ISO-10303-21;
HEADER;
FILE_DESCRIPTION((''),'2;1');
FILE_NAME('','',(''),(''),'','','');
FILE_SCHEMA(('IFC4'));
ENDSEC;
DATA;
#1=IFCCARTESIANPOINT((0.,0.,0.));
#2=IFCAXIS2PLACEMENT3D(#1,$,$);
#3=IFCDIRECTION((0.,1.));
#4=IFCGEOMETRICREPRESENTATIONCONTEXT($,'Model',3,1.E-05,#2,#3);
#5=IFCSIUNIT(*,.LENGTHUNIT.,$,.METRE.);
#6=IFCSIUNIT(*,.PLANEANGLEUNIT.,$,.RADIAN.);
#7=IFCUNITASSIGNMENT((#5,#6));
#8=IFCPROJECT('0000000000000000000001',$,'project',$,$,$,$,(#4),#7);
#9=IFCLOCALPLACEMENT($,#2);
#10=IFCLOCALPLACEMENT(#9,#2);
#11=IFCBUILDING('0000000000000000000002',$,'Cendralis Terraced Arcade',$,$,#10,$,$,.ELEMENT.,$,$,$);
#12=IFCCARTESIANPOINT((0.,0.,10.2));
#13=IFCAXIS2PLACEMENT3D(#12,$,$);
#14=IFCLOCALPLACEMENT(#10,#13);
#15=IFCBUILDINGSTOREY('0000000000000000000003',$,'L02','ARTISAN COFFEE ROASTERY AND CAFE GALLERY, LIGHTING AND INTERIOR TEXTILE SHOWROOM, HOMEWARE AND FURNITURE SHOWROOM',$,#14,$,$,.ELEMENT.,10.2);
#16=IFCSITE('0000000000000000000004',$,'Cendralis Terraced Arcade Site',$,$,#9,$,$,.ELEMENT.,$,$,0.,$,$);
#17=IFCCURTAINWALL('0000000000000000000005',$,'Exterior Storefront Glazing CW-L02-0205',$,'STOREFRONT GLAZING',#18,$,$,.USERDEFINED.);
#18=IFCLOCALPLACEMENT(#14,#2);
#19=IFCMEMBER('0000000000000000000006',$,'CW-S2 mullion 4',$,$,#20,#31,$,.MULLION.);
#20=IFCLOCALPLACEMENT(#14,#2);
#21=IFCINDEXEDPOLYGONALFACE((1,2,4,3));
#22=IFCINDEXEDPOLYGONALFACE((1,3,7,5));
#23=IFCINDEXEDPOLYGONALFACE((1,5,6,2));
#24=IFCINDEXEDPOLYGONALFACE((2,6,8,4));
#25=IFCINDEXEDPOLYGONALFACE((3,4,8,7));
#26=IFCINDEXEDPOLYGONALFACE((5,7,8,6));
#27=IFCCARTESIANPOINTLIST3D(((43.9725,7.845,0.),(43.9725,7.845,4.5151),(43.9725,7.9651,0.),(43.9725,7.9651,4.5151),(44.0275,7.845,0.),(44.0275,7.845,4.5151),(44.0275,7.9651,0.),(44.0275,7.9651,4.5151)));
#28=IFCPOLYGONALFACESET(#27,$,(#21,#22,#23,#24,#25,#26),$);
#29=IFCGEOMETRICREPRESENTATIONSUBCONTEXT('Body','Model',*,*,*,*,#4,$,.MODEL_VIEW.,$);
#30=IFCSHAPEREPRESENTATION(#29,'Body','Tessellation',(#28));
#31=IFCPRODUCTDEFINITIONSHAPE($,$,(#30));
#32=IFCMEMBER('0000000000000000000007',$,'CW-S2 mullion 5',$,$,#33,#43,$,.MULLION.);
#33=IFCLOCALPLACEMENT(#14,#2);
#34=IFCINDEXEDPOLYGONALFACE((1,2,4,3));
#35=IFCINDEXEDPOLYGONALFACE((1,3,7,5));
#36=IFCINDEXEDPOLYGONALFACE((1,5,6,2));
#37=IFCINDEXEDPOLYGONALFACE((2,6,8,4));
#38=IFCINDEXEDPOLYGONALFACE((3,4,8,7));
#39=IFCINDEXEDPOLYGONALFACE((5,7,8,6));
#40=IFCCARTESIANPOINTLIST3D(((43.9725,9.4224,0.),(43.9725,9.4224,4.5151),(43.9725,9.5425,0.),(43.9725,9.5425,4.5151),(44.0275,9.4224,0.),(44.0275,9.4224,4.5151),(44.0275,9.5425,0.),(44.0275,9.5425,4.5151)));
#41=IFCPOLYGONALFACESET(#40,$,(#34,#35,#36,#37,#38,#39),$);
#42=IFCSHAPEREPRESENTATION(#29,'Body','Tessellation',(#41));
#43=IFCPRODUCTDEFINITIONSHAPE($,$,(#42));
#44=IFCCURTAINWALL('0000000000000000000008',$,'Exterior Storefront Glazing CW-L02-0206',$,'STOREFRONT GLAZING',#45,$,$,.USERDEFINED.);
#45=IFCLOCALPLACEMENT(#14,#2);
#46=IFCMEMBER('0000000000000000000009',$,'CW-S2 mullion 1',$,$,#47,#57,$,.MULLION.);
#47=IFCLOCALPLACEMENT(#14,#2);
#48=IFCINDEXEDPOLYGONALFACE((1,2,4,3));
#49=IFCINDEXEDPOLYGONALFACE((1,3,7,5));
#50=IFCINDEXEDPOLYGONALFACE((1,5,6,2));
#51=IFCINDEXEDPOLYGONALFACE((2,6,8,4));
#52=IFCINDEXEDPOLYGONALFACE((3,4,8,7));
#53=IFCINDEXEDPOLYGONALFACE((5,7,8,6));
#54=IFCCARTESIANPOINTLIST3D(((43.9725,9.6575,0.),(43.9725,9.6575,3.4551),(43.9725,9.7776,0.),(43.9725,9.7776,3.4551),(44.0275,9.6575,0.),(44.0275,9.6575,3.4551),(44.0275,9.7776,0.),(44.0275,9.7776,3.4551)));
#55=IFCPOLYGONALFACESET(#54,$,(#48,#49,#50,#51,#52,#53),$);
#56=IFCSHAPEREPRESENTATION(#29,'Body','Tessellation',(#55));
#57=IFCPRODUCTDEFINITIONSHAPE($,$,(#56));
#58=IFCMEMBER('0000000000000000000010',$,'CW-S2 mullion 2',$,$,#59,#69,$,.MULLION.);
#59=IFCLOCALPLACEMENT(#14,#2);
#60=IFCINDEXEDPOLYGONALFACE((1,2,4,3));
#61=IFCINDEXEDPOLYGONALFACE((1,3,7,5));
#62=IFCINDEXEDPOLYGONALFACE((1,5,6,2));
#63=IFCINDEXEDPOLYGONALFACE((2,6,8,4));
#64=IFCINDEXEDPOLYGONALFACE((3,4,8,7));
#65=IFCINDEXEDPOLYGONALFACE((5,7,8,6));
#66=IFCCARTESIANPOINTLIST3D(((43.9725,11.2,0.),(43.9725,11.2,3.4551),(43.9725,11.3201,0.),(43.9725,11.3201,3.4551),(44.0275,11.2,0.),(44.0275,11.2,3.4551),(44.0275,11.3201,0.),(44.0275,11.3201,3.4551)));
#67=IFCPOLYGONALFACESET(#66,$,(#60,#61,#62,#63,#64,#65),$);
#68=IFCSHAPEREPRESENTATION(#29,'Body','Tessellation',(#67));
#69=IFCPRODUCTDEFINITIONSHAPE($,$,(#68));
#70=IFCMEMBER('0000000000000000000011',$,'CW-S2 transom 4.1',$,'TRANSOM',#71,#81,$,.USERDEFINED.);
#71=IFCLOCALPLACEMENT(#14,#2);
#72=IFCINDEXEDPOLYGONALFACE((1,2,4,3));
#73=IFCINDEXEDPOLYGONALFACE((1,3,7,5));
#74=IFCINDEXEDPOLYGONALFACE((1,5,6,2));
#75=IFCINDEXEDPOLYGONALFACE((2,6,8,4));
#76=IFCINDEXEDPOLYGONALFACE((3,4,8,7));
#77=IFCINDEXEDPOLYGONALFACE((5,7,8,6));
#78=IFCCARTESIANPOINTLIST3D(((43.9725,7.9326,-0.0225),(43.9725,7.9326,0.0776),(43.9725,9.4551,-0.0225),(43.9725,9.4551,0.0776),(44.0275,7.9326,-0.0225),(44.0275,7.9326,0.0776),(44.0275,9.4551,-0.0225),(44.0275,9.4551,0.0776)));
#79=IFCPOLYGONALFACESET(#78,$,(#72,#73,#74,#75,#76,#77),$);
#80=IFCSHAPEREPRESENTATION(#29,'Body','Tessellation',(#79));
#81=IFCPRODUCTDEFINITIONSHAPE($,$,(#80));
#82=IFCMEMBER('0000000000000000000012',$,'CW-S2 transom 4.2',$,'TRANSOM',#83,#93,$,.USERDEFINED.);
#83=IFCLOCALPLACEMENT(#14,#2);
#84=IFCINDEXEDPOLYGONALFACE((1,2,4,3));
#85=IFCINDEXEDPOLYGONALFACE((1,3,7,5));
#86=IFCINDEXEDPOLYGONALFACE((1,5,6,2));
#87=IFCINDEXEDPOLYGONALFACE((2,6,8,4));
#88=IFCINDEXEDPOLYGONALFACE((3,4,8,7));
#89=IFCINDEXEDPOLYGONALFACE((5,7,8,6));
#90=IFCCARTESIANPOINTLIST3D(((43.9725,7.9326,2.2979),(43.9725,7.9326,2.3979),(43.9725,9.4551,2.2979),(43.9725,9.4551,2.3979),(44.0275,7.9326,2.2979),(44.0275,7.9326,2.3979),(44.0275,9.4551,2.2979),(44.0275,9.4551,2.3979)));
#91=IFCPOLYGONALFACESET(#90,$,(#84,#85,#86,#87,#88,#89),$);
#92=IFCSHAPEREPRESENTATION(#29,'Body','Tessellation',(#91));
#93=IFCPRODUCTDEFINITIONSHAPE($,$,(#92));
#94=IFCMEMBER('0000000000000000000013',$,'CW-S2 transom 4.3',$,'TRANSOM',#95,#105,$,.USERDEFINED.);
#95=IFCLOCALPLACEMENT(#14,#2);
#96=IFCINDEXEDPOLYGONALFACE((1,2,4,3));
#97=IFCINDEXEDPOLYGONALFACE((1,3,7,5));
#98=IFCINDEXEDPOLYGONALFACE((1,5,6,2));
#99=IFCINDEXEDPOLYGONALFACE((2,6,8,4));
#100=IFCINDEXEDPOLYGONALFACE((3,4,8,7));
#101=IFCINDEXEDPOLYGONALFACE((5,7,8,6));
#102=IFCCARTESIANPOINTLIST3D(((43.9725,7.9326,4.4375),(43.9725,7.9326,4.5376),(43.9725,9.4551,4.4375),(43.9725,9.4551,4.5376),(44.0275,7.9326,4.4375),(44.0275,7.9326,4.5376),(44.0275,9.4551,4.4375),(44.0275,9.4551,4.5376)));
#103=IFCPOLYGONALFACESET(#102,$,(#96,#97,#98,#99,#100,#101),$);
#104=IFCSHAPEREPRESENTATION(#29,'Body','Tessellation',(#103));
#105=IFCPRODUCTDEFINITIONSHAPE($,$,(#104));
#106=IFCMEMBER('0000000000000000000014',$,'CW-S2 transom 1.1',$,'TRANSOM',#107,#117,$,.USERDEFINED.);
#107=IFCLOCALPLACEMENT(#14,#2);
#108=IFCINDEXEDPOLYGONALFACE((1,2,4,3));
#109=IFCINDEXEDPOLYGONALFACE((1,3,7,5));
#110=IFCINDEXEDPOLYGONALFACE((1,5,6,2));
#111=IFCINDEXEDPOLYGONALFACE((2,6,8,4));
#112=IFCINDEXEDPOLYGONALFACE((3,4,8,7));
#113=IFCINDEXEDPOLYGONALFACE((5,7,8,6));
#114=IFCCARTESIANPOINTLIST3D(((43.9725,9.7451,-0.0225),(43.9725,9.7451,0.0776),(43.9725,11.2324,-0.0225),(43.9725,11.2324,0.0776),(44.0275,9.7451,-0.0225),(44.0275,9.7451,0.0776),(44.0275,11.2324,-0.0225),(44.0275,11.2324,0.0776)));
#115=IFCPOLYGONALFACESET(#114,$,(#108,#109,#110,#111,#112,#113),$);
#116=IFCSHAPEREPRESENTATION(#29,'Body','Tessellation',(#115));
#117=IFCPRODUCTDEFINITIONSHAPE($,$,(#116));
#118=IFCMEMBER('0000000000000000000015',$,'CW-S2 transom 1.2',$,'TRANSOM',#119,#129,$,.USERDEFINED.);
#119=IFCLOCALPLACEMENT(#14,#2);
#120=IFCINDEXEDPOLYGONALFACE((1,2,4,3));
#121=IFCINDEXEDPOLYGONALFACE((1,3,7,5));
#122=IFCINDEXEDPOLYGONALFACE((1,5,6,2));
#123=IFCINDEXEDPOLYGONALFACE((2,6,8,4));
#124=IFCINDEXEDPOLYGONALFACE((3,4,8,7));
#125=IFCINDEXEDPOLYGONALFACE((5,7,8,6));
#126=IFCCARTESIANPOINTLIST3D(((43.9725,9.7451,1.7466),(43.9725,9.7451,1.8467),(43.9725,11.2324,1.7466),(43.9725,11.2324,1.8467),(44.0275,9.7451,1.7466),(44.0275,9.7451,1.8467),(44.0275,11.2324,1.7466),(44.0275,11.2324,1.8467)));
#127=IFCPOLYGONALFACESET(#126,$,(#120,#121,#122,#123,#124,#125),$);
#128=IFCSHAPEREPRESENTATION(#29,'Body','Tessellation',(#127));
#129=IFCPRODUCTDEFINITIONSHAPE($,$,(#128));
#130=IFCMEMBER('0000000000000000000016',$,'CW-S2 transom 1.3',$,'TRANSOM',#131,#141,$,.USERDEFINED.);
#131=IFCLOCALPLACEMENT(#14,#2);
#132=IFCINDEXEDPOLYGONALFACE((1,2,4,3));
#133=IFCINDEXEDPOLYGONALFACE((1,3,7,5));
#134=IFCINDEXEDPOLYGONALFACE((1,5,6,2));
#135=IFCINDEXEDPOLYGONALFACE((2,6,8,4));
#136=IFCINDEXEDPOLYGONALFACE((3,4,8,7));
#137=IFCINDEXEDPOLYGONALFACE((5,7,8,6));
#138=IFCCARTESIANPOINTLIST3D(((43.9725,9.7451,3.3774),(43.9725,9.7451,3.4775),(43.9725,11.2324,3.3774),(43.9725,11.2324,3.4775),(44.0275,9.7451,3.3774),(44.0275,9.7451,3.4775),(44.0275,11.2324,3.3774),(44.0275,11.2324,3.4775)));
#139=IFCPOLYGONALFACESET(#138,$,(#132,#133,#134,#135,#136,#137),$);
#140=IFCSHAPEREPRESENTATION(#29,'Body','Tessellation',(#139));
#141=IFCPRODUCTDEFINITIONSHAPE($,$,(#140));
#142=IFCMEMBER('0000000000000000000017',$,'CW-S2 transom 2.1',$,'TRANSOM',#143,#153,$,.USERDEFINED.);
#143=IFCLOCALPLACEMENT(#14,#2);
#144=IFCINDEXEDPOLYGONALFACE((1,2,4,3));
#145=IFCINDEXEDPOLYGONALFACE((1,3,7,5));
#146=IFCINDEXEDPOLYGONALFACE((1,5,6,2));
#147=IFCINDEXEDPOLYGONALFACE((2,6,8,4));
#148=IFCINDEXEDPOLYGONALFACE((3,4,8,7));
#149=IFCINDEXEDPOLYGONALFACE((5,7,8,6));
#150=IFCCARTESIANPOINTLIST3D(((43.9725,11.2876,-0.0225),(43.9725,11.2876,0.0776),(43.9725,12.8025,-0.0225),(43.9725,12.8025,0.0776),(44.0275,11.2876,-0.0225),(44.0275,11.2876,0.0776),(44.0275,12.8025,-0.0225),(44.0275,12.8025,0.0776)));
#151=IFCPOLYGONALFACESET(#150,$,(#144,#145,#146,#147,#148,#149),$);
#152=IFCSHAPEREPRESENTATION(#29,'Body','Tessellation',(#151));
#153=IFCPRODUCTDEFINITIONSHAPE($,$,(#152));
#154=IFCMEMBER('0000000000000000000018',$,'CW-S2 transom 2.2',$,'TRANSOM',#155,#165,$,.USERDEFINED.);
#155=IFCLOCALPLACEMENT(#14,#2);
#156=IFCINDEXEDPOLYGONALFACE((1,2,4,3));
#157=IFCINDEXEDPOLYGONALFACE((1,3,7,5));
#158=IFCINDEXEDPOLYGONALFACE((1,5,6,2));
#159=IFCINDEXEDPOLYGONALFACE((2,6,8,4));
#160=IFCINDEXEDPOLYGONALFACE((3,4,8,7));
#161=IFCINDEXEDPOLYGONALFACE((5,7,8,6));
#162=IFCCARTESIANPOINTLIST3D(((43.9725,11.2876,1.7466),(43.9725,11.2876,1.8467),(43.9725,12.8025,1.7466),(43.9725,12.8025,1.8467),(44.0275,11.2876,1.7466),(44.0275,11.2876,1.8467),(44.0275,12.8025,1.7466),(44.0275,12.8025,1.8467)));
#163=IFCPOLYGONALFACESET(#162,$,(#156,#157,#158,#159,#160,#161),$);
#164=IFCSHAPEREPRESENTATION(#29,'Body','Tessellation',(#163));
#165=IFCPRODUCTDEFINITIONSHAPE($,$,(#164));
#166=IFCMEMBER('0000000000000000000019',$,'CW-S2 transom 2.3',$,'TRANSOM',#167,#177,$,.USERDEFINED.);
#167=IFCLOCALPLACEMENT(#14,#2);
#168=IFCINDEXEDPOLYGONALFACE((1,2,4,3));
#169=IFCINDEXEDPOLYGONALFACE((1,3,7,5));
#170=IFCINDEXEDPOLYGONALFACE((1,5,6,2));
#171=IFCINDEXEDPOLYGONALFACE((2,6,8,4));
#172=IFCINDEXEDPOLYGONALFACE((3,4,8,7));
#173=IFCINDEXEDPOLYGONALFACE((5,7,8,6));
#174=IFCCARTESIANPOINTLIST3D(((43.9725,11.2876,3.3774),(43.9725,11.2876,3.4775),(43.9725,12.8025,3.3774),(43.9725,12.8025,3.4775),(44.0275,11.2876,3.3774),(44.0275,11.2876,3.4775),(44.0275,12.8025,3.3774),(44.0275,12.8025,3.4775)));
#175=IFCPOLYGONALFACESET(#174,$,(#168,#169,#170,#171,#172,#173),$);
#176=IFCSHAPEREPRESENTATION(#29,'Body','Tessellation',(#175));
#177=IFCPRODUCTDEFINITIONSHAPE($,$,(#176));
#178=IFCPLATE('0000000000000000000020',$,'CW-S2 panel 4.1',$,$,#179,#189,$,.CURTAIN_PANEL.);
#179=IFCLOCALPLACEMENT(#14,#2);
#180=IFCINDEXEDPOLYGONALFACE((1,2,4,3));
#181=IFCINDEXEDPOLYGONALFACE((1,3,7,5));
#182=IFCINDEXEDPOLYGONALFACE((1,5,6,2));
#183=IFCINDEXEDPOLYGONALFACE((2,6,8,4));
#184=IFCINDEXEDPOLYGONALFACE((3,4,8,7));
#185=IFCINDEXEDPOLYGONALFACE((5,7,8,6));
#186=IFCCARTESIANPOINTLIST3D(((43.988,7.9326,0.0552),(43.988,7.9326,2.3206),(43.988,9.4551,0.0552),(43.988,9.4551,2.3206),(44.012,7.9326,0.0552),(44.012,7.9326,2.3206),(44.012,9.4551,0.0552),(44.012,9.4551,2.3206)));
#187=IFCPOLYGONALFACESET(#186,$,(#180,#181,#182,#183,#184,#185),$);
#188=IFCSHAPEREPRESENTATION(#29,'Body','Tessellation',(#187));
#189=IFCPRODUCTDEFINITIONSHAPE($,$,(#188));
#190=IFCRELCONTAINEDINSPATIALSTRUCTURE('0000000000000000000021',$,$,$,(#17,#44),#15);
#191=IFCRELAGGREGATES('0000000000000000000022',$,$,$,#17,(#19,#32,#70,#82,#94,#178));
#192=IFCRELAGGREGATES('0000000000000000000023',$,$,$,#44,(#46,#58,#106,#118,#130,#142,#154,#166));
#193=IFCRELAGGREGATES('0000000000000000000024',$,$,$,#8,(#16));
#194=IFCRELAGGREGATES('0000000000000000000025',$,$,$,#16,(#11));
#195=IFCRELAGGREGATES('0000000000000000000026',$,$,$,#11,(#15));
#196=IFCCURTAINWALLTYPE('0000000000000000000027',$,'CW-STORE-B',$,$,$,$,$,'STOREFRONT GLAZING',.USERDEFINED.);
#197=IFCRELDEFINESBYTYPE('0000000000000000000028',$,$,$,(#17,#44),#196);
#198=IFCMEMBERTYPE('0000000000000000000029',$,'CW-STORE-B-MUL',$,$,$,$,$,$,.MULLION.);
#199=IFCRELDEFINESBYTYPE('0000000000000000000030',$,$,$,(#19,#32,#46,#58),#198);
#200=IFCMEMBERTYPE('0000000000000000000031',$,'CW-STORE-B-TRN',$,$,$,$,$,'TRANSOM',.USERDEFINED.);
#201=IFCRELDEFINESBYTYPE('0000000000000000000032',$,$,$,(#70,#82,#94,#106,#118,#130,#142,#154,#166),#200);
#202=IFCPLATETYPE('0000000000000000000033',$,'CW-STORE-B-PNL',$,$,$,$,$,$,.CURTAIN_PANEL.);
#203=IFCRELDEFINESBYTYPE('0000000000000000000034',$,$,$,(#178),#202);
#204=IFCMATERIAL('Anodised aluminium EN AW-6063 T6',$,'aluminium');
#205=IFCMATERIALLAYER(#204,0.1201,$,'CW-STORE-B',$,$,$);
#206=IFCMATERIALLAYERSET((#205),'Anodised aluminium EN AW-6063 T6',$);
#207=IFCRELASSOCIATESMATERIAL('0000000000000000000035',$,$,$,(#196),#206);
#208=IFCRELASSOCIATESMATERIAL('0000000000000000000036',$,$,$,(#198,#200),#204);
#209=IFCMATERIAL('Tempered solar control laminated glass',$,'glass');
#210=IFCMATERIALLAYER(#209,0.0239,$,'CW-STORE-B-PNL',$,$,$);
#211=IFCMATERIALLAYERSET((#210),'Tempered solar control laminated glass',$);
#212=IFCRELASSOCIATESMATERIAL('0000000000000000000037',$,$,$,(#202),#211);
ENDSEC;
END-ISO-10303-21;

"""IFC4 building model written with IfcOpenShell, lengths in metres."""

from ifc_helpers import new_model, si_unit, direction, frame, origin, origin_2d, place, context, subcontext, project, spatial, rectangle, extrude, material, layer, layer_set, material_profile, profile_set, type_object, element, aggregate, save


model = new_model("IFC4")

# Units and contexts
model_context = context("Model", 3, precision=1e-05, world=origin(), true_north=direction((0.0, 1.0)))
body_context = subcontext(model_context, "Body", "Model", "MODEL_VIEW")
ifc_project = project(units=[si_unit("LENGTHUNIT", "METRE"), si_unit("PLANEANGLEUNIT", "RADIAN")], contexts=[model_context])

# Site, building, storey
site_placement = place(None, origin())
site = spatial("IfcSite", under=ifc_project, at=site_placement, Name="Cendralis Terraced Arcade Site", CompositionType="ELEMENT", RefElevation=0.0)
building_placement = place(site_placement, origin())
building = spatial("IfcBuilding", under=site, at=building_placement, Name="Cendralis Terraced Arcade", CompositionType="ELEMENT")
storey_placement = place(building_placement, frame((0.0, 0.0, 10.2)))
storey = spatial("IfcBuildingStorey", under=building, at=storey_placement, Name="L02", Description="ARTISAN COFFEE ROASTERY AND CAFE GALLERY, LIGHTING AND INTERIOR TEXTILE SHOWROOM, HOMEWARE AND FURNITURE SHOWROOM", CompositionType="ELEMENT", Elevation=10.2)

# Curtain walls, members
ifc_material_1 = material(Name="Anodised aluminium EN AW-6063 T6", Category="aluminium")
ifc_layer_1 = layer(ifc_material_1, 0.1201, Name="CW-STORE-B")
ifc_layer_set_1 = layer_set([ifc_layer_1], Name="Anodised aluminium EN AW-6063 T6")
curtain_wall_type = type_object("IfcCurtainWallType", Name="CW-STORE-B", ElementType="STOREFRONT GLAZING", PredefinedType="USERDEFINED", material=ifc_layer_set_1)
curtain_wall_1_placement = place(storey_placement, origin())
curtain_wall_1 = element("IfcCurtainWall", 1, at=curtain_wall_1_placement, inside=storey, type_object=curtain_wall_type, Name="Exterior Storefront Glazing CW-L02-0205", ObjectType="STOREFRONT GLAZING", PredefinedType="USERDEFINED")
ifc_material_profile_1 = material_profile(ifc_material_1, rectangle(XDim=0.0549, YDim=0.1201, at=origin_2d()), Name="ALU-MUL-55x120")
ifc_profile_set_1 = profile_set([ifc_material_profile_1], Name="Anodised aluminium EN AW-6063 T6")
member_type_1 = type_object("IfcMemberType", Name="CW-STORE-B-MUL", PredefinedType="MULLION", material=ifc_profile_set_1)
member_1_placement = place(storey_placement, frame((44.0, 7.905, 0.0), z_axis=(0.0, 0.0, 1.0), x_axis=(-1.0, 0.0, 0.0)))
member_1 = element("IfcMember", 2, at=member_1_placement, type_object=member_type_1, Name="CW-S2 mullion 4", PredefinedType="MULLION", context=body_context, shape_type="SweptSolid", body=[
    extrude(rectangle(XDim=0.0549, YDim=0.1201, at=origin_2d()), origin(), (0.0, 0.0, 1.0), 4.5151),
])
member_2_placement = place(storey_placement, frame((44.0, 9.4824, 0.0), z_axis=(0.0, 0.0, 1.0), x_axis=(-1.0, 0.0, 0.0)))
member_2 = element("IfcMember", 3, at=member_2_placement, type_object=member_type_1, Name="CW-S2 mullion 5", PredefinedType="MULLION", context=body_context, shape_type="SweptSolid", body=[
    extrude(rectangle(XDim=0.0549, YDim=0.1201, at=origin_2d()), origin(), (0.0, 0.0, 1.0), 4.5151),
])
curtain_wall_2_placement = place(storey_placement, origin())
curtain_wall_2 = element("IfcCurtainWall", 4, at=curtain_wall_2_placement, inside=storey, type_object=curtain_wall_type, Name="Exterior Storefront Glazing CW-L02-0206", ObjectType="STOREFRONT GLAZING", PredefinedType="USERDEFINED")
member_3_placement = place(storey_placement, frame((44.0, 9.7175, 0.0), z_axis=(0.0, 0.0, 1.0), x_axis=(-1.0, 0.0, 0.0)))
member_3 = element("IfcMember", 5, at=member_3_placement, type_object=member_type_1, Name="CW-S2 mullion 1", PredefinedType="MULLION", context=body_context, shape_type="SweptSolid", body=[
    extrude(rectangle(XDim=0.0549, YDim=0.1201, at=origin_2d()), origin(), (0.0, 0.0, 1.0), 3.4551),
])
member_4_placement = place(storey_placement, frame((44.0, 11.26, 0.0), z_axis=(0.0, 0.0, 1.0), x_axis=(-1.0, 0.0, 0.0)))
member_4 = element("IfcMember", 6, at=member_4_placement, type_object=member_type_1, Name="CW-S2 mullion 2", PredefinedType="MULLION", context=body_context, shape_type="SweptSolid", body=[
    extrude(rectangle(XDim=0.0549, YDim=0.1201, at=origin_2d()), origin(), (0.0, 0.0, 1.0), 3.4551),
])

# Members
ifc_material_profile_2 = material_profile(ifc_material_1, rectangle(XDim=0.0549, YDim=0.1001, at=origin_2d()), Name="ALU-TRN-55x100")
ifc_profile_set_2 = profile_set([ifc_material_profile_2], Name="Anodised aluminium EN AW-6063 T6")
member_type_2 = type_object("IfcMemberType", Name="CW-STORE-B-TRN", ElementType="TRANSOM", PredefinedType="USERDEFINED", material=ifc_profile_set_2)
member_5_placement = place(storey_placement, frame((44.0, 7.9326, 0.0276), z_axis=(0.0, 1.0, 0.0), x_axis=(-1.0, 0.0, 0.0)))
member_5 = element("IfcMember", 7, at=member_5_placement, type_object=member_type_2, Name="CW-S2 transom 4.1", ObjectType="TRANSOM", PredefinedType="USERDEFINED", context=body_context, shape_type="SweptSolid", body=[
    extrude(rectangle(XDim=0.0549, YDim=0.1001, at=origin_2d()), origin(), (0.0, 0.0, 1.0), 1.5225),
])
member_6_placement = place(storey_placement, frame((44.0, 7.9326, 2.3479), z_axis=(0.0, 1.0, 0.0), x_axis=(-1.0, 0.0, 0.0)))
member_6 = element("IfcMember", 8, at=member_6_placement, type_object=member_type_2, Name="CW-S2 transom 4.2", ObjectType="TRANSOM", PredefinedType="USERDEFINED", context=body_context, shape_type="SweptSolid", body=[
    extrude(rectangle(XDim=0.0549, YDim=0.1001, at=origin_2d()), origin(), (0.0, 0.0, 1.0), 1.5225),
])
member_7_placement = place(storey_placement, frame((44.0, 7.9326, 4.4875), z_axis=(0.0, 1.0, 0.0), x_axis=(-1.0, 0.0, 0.0)))
member_7 = element("IfcMember", 9, at=member_7_placement, type_object=member_type_2, Name="CW-S2 transom 4.3", ObjectType="TRANSOM", PredefinedType="USERDEFINED", context=body_context, shape_type="SweptSolid", body=[
    extrude(rectangle(XDim=0.0549, YDim=0.1001, at=origin_2d()), origin(), (0.0, 0.0, 1.0), 1.5225),
])
member_8_placement = place(storey_placement, frame((44.0, 9.7451, 0.0276), z_axis=(0.0, 1.0, 0.0), x_axis=(-1.0, 0.0, 0.0)))
member_8 = element("IfcMember", 10, at=member_8_placement, type_object=member_type_2, Name="CW-S2 transom 1.1", ObjectType="TRANSOM", PredefinedType="USERDEFINED", context=body_context, shape_type="SweptSolid", body=[
    extrude(rectangle(XDim=0.0549, YDim=0.1001, at=origin_2d()), origin(), (0.0, 0.0, 1.0), 1.4873),
])
member_9_placement = place(storey_placement, frame((44.0, 9.7451, 1.7966), z_axis=(0.0, 1.0, 0.0), x_axis=(-1.0, 0.0, 0.0)))
member_9 = element("IfcMember", 11, at=member_9_placement, type_object=member_type_2, Name="CW-S2 transom 1.2", ObjectType="TRANSOM", PredefinedType="USERDEFINED", context=body_context, shape_type="SweptSolid", body=[
    extrude(rectangle(XDim=0.0549, YDim=0.1001, at=origin_2d()), origin(), (0.0, 0.0, 1.0), 1.4873),
])
member_10_placement = place(storey_placement, frame((44.0, 9.7451, 3.4275), z_axis=(0.0, 1.0, 0.0), x_axis=(-1.0, 0.0, 0.0)))
member_10 = element("IfcMember", 12, at=member_10_placement, type_object=member_type_2, Name="CW-S2 transom 1.3", ObjectType="TRANSOM", PredefinedType="USERDEFINED", context=body_context, shape_type="SweptSolid", body=[
    extrude(rectangle(XDim=0.0549, YDim=0.1001, at=origin_2d()), origin(), (0.0, 0.0, 1.0), 1.4873),
])
member_11_placement = place(storey_placement, frame((44.0, 11.2876, 0.0276), z_axis=(0.0, 1.0, 0.0), x_axis=(-1.0, 0.0, 0.0)))
member_11 = element("IfcMember", 13, at=member_11_placement, type_object=member_type_2, Name="CW-S2 transom 2.1", ObjectType="TRANSOM", PredefinedType="USERDEFINED", context=body_context, shape_type="SweptSolid", body=[
    extrude(rectangle(XDim=0.0549, YDim=0.1001, at=origin_2d()), origin(), (0.0, 0.0, 1.0), 1.5149),
])
member_12_placement = place(storey_placement, frame((44.0, 11.2876, 1.7966), z_axis=(0.0, 1.0, 0.0), x_axis=(-1.0, 0.0, 0.0)))
member_12 = element("IfcMember", 14, at=member_12_placement, type_object=member_type_2, Name="CW-S2 transom 2.2", ObjectType="TRANSOM", PredefinedType="USERDEFINED", context=body_context, shape_type="SweptSolid", body=[
    extrude(rectangle(XDim=0.0549, YDim=0.1001, at=origin_2d()), origin(), (0.0, 0.0, 1.0), 1.5149),
])
member_13_placement = place(storey_placement, frame((44.0, 11.2876, 3.4275), z_axis=(0.0, 1.0, 0.0), x_axis=(-1.0, 0.0, 0.0)))
member_13 = element("IfcMember", 15, at=member_13_placement, type_object=member_type_2, Name="CW-S2 transom 2.3", ObjectType="TRANSOM", PredefinedType="USERDEFINED", context=body_context, shape_type="SweptSolid", body=[
    extrude(rectangle(XDim=0.0549, YDim=0.1001, at=origin_2d()), origin(), (0.0, 0.0, 1.0), 1.5149),
])

# Plate
ifc_material_2 = material(Name="Tempered solar control laminated glass", Category="glass")
ifc_layer_2 = layer(ifc_material_2, 0.0239, Name="CW-STORE-B-PNL")
ifc_layer_set_2 = layer_set([ifc_layer_2], Name="Tempered solar control laminated glass")
plate_type = type_object("IfcPlateType", Name="CW-STORE-B-PNL", PredefinedType="CURTAIN_PANEL", material=ifc_layer_set_2)
plate_1_placement = place(storey_placement, frame((44.0, 8.6938, 0.0552), z_axis=(0.0, 0.0, 1.0), x_axis=(0.0, 1.0, 0.0)))
plate_1 = element("IfcPlate", 16, at=plate_1_placement, type_object=plate_type, Name="CW-S2 panel 4.1", PredefinedType="CURTAIN_PANEL", context=body_context, shape_type="SweptSolid", body=[
    extrude(rectangle(XDim=1.5225, YDim=0.0239, at=origin_2d()), origin(), (0.0, 0.0, 1.0), 2.2654),
])
aggregate(curtain_wall_1, [member_1, member_2, member_5, member_6, member_7, plate_1])
aggregate(curtain_wall_2, [member_3, member_4, member_8, member_9, member_10, member_11, member_12, member_13])

save(model, "model.ifc")
